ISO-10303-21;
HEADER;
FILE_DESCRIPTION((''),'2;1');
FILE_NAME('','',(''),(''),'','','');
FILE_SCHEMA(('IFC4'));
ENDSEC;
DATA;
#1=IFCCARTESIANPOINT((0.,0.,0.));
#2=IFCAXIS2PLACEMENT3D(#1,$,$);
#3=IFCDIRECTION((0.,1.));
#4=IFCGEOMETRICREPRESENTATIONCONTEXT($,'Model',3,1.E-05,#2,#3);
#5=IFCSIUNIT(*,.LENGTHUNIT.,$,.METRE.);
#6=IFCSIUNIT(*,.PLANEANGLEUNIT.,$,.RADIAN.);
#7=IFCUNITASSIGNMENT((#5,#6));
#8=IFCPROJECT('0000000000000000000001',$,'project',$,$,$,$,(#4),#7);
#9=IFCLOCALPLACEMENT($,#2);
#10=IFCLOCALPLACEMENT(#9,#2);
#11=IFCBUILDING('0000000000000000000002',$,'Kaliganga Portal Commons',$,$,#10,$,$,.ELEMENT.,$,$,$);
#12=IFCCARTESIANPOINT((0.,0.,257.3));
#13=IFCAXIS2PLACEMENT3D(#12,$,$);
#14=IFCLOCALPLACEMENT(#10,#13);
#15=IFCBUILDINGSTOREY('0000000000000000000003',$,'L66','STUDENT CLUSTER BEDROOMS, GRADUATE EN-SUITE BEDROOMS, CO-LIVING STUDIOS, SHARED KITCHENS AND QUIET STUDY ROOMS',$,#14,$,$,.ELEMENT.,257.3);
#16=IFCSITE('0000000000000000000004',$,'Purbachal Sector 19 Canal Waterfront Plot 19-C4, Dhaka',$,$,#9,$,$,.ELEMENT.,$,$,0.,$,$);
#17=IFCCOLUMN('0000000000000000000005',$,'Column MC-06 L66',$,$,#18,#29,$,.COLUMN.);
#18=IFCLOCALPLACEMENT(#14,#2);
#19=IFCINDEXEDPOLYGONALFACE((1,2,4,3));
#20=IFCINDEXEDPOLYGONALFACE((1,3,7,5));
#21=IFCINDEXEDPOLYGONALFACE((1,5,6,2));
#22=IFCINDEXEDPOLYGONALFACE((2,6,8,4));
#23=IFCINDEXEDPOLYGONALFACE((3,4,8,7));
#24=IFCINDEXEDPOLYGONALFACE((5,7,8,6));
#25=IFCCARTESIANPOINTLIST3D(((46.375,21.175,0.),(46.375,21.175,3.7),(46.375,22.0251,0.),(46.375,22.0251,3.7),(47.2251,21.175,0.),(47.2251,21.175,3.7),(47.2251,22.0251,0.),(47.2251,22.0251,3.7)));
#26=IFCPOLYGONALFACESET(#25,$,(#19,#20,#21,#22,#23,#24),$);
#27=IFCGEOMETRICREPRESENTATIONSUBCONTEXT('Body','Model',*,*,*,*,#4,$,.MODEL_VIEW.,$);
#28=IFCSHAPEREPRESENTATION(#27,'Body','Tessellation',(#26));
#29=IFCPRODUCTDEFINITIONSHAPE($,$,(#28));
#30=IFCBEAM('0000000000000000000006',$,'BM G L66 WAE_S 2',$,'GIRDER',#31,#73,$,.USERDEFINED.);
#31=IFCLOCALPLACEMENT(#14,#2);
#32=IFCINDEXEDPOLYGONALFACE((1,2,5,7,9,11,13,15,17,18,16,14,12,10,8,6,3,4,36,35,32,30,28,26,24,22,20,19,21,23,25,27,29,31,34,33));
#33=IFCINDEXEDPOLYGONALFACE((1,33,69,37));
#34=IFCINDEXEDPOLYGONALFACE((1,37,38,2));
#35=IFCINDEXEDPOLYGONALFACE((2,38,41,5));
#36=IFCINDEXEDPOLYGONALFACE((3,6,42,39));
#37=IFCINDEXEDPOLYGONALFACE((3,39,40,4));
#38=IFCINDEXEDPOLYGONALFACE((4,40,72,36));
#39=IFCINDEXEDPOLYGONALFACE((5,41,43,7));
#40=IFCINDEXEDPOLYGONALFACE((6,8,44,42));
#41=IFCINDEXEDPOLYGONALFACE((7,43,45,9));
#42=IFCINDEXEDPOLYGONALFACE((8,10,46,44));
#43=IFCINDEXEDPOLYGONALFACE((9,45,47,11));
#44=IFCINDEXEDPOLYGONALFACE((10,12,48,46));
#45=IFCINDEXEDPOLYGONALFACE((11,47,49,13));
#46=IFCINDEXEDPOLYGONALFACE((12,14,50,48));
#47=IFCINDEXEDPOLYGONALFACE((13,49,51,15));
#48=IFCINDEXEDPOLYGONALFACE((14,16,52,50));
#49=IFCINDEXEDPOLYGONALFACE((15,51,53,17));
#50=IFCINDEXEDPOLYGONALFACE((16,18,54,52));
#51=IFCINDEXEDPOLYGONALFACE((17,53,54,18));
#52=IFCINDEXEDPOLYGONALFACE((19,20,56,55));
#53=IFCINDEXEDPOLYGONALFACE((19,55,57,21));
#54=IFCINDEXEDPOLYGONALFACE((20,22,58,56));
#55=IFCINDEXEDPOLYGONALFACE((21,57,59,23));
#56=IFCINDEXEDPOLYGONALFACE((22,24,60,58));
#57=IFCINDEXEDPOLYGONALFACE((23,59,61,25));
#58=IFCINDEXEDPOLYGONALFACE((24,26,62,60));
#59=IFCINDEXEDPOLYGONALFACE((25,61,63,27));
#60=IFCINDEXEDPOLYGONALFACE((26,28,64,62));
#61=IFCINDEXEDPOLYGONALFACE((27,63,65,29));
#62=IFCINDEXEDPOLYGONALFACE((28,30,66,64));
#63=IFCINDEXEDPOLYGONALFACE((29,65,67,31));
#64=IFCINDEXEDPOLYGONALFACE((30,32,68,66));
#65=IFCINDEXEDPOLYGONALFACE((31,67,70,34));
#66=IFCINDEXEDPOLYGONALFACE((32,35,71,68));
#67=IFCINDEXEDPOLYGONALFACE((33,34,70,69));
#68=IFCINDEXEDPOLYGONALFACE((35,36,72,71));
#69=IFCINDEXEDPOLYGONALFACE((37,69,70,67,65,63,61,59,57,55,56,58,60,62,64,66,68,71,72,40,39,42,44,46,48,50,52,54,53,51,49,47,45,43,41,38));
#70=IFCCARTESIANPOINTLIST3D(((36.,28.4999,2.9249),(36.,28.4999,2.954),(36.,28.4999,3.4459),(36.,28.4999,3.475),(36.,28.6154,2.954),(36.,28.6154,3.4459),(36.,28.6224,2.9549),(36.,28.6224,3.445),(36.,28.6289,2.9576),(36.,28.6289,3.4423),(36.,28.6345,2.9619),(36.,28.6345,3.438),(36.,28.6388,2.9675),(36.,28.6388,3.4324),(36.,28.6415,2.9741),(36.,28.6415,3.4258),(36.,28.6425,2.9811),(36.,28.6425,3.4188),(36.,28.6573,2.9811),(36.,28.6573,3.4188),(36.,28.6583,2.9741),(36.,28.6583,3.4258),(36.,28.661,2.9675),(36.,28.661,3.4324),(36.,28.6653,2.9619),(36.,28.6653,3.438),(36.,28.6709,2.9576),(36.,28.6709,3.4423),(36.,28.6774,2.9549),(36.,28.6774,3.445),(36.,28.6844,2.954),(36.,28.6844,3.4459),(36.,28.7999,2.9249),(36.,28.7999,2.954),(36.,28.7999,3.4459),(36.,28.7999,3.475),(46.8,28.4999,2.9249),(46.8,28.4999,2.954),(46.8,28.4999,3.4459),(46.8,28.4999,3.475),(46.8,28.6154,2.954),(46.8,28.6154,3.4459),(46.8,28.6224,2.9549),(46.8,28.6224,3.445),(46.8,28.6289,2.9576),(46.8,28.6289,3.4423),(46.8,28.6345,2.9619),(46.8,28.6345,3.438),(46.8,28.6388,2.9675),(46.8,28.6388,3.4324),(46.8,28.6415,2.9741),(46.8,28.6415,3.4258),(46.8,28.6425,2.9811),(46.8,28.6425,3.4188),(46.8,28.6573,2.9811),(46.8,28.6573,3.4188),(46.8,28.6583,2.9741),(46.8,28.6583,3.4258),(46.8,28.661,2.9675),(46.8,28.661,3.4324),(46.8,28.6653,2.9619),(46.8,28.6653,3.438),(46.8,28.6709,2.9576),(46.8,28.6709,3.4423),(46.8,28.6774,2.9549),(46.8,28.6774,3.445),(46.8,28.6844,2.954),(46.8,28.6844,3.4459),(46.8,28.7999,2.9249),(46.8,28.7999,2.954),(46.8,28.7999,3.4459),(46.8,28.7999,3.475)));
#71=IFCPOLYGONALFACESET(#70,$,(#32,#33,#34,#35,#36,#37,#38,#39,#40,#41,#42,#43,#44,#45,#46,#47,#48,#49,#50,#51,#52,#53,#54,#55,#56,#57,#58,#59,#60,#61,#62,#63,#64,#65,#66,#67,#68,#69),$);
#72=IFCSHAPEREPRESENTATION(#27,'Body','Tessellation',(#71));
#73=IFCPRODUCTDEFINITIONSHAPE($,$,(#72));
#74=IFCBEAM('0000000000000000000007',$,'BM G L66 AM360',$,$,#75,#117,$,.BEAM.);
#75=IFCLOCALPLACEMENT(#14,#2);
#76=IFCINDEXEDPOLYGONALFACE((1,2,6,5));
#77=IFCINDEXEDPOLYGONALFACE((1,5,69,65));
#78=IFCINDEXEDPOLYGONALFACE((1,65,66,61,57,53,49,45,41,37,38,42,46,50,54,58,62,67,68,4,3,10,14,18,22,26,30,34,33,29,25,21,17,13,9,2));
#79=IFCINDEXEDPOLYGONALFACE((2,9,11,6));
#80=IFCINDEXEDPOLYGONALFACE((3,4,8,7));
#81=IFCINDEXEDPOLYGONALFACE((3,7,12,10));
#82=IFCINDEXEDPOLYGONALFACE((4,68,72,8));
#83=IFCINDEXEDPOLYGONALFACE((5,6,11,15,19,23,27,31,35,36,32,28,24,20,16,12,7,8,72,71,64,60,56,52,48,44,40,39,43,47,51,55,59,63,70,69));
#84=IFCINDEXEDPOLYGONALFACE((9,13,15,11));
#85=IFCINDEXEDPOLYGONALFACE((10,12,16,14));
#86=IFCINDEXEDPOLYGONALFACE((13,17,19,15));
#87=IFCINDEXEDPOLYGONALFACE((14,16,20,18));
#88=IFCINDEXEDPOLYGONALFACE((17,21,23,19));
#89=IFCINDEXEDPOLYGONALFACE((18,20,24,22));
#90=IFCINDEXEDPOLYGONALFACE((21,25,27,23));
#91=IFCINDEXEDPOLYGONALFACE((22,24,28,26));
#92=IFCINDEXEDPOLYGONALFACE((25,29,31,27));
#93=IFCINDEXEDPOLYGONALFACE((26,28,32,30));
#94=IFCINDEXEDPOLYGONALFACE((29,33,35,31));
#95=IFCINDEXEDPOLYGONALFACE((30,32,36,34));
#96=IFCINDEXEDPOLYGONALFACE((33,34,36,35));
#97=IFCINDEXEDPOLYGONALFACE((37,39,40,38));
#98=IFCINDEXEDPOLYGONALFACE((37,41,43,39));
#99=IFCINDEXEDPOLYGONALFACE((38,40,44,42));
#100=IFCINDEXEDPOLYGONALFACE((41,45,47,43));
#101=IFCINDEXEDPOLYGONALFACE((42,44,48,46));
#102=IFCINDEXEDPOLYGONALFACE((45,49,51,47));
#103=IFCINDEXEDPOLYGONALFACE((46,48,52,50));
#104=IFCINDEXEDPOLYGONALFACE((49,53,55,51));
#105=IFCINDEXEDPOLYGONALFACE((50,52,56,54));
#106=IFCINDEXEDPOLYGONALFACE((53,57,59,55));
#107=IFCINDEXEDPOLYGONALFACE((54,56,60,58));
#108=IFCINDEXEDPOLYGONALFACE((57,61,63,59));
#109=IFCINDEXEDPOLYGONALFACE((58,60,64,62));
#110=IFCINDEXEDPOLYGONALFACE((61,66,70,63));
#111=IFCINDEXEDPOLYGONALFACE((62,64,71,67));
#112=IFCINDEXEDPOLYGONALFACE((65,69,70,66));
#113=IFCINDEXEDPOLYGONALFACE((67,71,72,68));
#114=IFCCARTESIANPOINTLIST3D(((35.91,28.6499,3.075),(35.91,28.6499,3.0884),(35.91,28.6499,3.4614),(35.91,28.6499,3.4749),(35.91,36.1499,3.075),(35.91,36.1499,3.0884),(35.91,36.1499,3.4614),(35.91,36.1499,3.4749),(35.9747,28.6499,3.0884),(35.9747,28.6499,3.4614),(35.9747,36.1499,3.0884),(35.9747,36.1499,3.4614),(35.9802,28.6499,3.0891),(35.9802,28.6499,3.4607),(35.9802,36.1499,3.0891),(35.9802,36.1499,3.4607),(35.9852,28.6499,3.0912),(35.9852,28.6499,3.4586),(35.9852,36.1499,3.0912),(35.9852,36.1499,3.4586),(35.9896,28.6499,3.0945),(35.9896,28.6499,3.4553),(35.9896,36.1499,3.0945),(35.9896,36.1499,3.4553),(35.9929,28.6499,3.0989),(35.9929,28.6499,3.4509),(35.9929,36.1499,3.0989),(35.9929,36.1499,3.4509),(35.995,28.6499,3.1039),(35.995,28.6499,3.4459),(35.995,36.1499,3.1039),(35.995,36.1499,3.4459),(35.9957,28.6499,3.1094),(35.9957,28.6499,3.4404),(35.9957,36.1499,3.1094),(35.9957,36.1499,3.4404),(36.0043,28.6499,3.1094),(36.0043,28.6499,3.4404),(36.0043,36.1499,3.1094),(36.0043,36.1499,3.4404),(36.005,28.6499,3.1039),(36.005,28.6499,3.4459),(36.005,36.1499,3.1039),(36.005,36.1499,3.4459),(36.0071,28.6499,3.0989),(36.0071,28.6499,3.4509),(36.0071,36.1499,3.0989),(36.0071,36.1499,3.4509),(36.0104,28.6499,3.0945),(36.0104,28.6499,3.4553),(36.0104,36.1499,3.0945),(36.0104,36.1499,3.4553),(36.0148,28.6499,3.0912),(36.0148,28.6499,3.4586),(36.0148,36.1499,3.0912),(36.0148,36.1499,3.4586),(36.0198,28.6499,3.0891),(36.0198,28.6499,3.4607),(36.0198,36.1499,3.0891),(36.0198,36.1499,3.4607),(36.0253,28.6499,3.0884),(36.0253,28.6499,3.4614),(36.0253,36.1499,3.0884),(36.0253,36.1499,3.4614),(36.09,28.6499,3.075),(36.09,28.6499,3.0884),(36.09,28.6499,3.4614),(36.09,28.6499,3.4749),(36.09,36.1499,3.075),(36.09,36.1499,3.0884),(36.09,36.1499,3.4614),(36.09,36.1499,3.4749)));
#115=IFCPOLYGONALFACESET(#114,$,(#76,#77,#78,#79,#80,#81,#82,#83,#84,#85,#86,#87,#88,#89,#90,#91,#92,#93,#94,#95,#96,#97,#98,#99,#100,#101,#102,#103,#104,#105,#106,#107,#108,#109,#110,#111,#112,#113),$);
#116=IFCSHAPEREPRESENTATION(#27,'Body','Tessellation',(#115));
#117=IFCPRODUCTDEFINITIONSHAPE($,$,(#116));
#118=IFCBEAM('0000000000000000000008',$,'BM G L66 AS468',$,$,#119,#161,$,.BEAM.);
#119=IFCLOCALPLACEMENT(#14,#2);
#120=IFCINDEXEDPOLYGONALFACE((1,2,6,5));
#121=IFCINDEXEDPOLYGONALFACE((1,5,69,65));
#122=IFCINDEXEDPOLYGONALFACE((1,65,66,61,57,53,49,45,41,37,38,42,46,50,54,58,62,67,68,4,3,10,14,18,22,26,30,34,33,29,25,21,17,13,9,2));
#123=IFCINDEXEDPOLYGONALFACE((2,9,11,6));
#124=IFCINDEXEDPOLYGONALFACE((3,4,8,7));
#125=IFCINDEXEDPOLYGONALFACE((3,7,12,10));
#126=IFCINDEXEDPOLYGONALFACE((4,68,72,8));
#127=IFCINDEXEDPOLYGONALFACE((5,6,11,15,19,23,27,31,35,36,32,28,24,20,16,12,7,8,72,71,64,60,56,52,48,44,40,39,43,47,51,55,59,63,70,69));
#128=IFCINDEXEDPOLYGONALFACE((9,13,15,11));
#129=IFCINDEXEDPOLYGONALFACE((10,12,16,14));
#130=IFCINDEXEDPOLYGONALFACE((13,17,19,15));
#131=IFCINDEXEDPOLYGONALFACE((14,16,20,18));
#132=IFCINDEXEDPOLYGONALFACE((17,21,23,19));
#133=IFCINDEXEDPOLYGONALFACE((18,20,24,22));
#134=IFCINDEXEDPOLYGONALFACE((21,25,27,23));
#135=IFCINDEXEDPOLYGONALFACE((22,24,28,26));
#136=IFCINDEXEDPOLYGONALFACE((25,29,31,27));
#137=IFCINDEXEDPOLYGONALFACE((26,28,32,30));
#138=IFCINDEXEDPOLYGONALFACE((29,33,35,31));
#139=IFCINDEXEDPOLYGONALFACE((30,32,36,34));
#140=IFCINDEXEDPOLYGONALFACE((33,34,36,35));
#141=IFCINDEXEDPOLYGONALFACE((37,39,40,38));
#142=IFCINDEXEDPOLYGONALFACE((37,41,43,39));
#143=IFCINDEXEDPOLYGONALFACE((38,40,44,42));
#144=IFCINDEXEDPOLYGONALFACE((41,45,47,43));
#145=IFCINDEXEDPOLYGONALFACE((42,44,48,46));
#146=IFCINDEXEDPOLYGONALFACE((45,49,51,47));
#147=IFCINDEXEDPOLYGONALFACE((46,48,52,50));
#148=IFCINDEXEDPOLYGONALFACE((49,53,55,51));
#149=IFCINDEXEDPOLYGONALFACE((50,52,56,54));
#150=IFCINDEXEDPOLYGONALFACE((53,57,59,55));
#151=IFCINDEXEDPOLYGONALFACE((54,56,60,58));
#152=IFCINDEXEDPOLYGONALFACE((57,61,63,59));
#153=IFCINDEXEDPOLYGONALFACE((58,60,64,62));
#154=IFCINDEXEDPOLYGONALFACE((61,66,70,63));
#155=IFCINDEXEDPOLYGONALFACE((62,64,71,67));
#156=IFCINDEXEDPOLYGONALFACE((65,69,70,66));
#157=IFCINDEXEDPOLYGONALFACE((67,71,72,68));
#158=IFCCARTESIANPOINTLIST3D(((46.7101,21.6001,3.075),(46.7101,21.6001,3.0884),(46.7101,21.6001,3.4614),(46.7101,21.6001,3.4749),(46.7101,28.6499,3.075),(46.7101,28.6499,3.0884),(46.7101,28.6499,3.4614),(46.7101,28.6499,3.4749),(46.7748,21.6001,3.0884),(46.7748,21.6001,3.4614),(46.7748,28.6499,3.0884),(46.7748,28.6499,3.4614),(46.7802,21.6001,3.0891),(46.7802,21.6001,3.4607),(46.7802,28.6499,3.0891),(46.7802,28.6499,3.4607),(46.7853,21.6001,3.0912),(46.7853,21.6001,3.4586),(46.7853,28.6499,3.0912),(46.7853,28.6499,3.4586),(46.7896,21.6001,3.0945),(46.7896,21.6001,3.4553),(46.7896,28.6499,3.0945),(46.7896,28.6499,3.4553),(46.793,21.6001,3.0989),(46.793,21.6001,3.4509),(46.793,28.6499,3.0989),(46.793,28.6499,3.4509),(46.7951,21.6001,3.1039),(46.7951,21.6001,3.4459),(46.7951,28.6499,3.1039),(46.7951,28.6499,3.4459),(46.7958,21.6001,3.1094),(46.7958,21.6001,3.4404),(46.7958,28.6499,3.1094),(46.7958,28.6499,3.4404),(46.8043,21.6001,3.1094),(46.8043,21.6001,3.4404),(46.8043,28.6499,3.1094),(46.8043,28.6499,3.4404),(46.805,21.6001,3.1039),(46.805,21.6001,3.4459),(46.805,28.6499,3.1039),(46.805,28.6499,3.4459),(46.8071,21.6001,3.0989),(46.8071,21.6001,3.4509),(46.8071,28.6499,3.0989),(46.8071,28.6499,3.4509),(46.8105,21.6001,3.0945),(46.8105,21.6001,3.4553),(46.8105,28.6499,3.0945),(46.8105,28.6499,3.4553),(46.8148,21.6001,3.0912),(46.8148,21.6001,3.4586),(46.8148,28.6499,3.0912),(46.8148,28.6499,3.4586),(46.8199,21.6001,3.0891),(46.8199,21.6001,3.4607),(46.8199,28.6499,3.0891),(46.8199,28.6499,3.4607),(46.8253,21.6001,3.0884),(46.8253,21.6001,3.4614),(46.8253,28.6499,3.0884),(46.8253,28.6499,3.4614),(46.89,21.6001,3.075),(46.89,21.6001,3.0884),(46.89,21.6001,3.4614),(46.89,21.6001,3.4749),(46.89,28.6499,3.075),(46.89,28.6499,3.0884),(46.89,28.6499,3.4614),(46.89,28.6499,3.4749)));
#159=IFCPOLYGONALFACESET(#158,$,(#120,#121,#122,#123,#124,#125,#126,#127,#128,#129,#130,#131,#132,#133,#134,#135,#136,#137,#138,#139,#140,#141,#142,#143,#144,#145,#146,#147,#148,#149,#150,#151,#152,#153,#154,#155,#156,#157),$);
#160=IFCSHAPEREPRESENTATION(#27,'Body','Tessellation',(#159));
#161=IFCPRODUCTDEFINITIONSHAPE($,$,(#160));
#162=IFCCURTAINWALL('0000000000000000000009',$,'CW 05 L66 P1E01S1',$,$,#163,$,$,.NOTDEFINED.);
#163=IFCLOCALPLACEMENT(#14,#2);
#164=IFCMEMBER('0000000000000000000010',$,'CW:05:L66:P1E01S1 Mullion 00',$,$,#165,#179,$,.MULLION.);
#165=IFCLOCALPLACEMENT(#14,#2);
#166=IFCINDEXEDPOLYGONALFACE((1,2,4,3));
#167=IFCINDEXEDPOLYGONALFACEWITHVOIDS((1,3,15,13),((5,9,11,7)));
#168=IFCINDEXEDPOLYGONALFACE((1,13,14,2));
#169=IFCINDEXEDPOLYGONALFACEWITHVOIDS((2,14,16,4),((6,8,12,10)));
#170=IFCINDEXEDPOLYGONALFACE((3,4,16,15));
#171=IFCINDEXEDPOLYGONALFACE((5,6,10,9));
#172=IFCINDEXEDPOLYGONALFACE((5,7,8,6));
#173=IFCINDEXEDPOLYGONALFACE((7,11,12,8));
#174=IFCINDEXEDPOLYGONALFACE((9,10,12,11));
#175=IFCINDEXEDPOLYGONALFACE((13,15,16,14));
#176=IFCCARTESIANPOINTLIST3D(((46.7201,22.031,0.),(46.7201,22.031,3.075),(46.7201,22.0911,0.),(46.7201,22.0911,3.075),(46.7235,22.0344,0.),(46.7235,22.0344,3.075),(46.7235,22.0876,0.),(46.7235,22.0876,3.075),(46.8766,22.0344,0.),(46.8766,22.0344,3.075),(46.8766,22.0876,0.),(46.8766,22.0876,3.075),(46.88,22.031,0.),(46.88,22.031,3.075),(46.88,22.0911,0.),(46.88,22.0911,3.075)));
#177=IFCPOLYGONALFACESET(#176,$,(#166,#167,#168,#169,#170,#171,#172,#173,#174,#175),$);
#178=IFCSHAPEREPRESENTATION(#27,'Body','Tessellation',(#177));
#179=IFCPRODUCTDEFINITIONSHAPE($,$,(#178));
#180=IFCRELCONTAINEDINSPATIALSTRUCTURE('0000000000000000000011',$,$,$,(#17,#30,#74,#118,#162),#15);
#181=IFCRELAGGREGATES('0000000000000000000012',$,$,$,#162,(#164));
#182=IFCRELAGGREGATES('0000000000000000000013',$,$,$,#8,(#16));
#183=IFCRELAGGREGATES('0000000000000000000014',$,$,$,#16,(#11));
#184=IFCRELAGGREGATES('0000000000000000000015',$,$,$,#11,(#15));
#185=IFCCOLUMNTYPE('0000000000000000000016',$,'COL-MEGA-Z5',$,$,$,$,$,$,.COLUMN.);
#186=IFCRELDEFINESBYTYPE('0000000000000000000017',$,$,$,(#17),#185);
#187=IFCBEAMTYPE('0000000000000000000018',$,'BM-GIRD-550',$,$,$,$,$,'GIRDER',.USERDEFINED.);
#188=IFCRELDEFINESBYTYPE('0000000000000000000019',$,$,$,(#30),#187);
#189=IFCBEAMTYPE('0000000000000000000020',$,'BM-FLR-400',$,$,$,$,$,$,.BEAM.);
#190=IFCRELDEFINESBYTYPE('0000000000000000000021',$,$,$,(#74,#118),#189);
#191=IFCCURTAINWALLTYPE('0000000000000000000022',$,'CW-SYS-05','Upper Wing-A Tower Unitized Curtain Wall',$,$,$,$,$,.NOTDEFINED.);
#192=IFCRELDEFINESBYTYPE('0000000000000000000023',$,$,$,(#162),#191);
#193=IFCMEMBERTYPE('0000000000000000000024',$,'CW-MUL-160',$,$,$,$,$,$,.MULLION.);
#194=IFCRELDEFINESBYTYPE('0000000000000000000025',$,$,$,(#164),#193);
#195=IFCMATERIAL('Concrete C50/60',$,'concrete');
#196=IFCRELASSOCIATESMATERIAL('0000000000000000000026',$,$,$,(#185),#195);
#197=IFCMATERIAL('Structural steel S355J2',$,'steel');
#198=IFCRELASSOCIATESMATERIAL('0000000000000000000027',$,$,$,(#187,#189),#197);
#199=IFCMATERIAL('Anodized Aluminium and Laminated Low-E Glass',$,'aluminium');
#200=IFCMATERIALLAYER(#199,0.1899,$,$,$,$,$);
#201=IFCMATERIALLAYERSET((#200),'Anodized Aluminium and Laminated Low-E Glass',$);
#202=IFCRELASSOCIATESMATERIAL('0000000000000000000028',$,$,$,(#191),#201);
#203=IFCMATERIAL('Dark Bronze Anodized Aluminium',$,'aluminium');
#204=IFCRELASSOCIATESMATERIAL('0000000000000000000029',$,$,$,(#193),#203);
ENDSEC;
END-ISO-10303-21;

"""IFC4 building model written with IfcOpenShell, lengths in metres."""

from ifc_helpers import new_model, si_unit, direction, frame, origin, origin_2d, place, context, subcontext, project, spatial, rectangle, hollow_rectangle, i_section, extrude, source, transform, mapped, material, layer, layer_set, material_profile, profile_set, type_object, element, aggregate, save


model = new_model("IFC4")

# Units and contexts
model_context = context("Model", 3, precision=1e-05, world=origin(), true_north=direction((0.0, 1.0)))
body_context = subcontext(model_context, "Body", "Model", "MODEL_VIEW")
ifc_project = project(units=[si_unit("LENGTHUNIT", "METRE"), si_unit("PLANEANGLEUNIT", "RADIAN")], contexts=[model_context])

# Site, building, storey
site_placement = place(None, origin())
site = spatial("IfcSite", under=ifc_project, at=site_placement, Name="Purbachal Sector 19 Canal Waterfront Plot 19-C4, Dhaka", CompositionType="ELEMENT", RefElevation=0.0)
building_placement = place(site_placement, origin())
building = spatial("IfcBuilding", under=site, at=building_placement, Name="Kaliganga Portal Commons", CompositionType="ELEMENT")
storey_placement = place(building_placement, frame((0.0, 0.0, 257.3)))
storey = spatial("IfcBuildingStorey", under=building, at=storey_placement, Name="L66", Description="STUDENT CLUSTER BEDROOMS, GRADUATE EN-SUITE BEDROOMS, CO-LIVING STUDIOS, SHARED KITCHENS AND QUIET STUDY ROOMS", CompositionType="ELEMENT", Elevation=257.3)

# Column
ifc_material_1 = material(Name="Concrete C50/60", Category="concrete")
ifc_material_profile_1 = material_profile(ifc_material_1, rectangle(XDim=0.8501, YDim=0.8501, at=origin_2d()), Name="RC 850x850")
ifc_profile_set_1 = profile_set([ifc_material_profile_1], Name="Concrete C50/60")
column_type = type_object("IfcColumnType", Name="COL-MEGA-Z5", PredefinedType="COLUMN", material=ifc_profile_set_1)
shared_shape_1 = source(origin(), body_context, "Body", "SweptSolid", [
    extrude(rectangle(XDim=0.8501, YDim=0.8501, at=origin_2d()), origin(), (0.0, 0.0, 1.0), 3.7),
])
column_placement = place(storey_placement, frame((46.8, 21.6001, 0.0), z_axis=(0.0, 0.0, 1.0), x_axis=(1.0, 0.0, 0.0)))
element("IfcColumn", 1, at=column_placement, inside=storey, type_object=column_type, Name="Column MC-06 L66", PredefinedType="COLUMN", context=body_context, shape_type="MappedRepresentation", body=[
    mapped(shared_shape_1, transform((0.0, 0.0, 0.0), x_axis=(1.0, 0.0, 0.0), y_axis=(0.0, 1.0, 0.0), z_axis=(0.0, 0.0, 1.0), scale=1.0)),
])

# Beams
ifc_material_2 = material(Name="Structural steel S355J2", Category="steel")
ifc_material_profile_2 = material_profile(ifc_material_2, i_section(OverallWidth=0.3, OverallDepth=0.55, WebThickness=0.0149, FlangeThickness=0.0291, FilletRadius=0.0271, at=origin_2d()), Name="HE 550 B")
ifc_profile_set_2 = profile_set([ifc_material_profile_2], Name="Structural steel S355J2 wide-flange")
beam_type_1 = type_object("IfcBeamType", Name="BM-GIRD-550", ElementType="GIRDER", PredefinedType="USERDEFINED", material=ifc_profile_set_2)
shared_shape_2 = source(origin(), body_context, "Body", "SweptSolid", [
    extrude(i_section(OverallWidth=0.3, OverallDepth=0.55, WebThickness=0.0149, FlangeThickness=0.0291, FilletRadius=0.0271, at=origin_2d()), origin(), (0.0, 0.0, 1.0), 10.8),
])
beam_1_placement = place(storey_placement, frame((36.0, 28.6499, 3.2), z_axis=(1.0, 0.0, 0.0), x_axis=(0.0, 1.0, 0.0)))
element("IfcBeam", 2, at=beam_1_placement, inside=storey, type_object=beam_type_1, Name="BM G L66 WAE_S 2", ObjectType="GIRDER", PredefinedType="USERDEFINED", context=body_context, shape_type="MappedRepresentation", body=[
    mapped(shared_shape_2, transform((0.0, 0.0, 0.0), x_axis=(1.0, 0.0, 0.0), y_axis=(0.0, 1.0, 0.0), z_axis=(0.0, 0.0, 1.0), scale=1.0)),
])
ifc_material_profile_3 = material_profile(ifc_material_2, i_section(OverallWidth=0.1799, OverallDepth=0.3999, WebThickness=0.0085, FlangeThickness=0.0134, FilletRadius=0.021, at=origin_2d()), Name="IPE 400")
ifc_profile_set_3 = profile_set([ifc_material_profile_3], Name="Structural steel S355J2 wide-flange")
beam_type_2 = type_object("IfcBeamType", Name="BM-FLR-400", PredefinedType="BEAM", material=ifc_profile_set_3)
shared_shape_3 = source(origin(), body_context, "Body", "SweptSolid", [
    extrude(i_section(OverallWidth=0.1799, OverallDepth=0.3999, WebThickness=0.0085, FlangeThickness=0.0134, FilletRadius=0.021, at=origin_2d()), origin(), (0.0, 0.0, 1.0), 7.5),
])
beam_2_placement = place(storey_placement, frame((36.0, 28.6499, 3.2749), z_axis=(0.0, 1.0, 0.0), x_axis=(-1.0, 0.0, 0.0)))
element("IfcBeam", 3, at=beam_2_placement, inside=storey, type_object=beam_type_2, Name="BM G L66 AM360", PredefinedType="BEAM", context=body_context, shape_type="MappedRepresentation", body=[
    mapped(shared_shape_3, transform((0.0, 0.0, 0.0), x_axis=(1.0, 0.0, 0.0), y_axis=(0.0, 1.0, 0.0), z_axis=(0.0, 0.0, 1.0), scale=1.0)),
])
shared_shape_4 = source(origin(), body_context, "Body", "SweptSolid", [
    extrude(i_section(OverallWidth=0.1799, OverallDepth=0.3999, WebThickness=0.0085, FlangeThickness=0.0134, FilletRadius=0.021, at=origin_2d()), origin(), (0.0, 0.0, 1.0), 7.0498),
])
beam_3_placement = place(storey_placement, frame((46.8, 21.6001, 3.2749), z_axis=(0.0, 1.0, 0.0), x_axis=(-1.0, 0.0, 0.0)))
element("IfcBeam", 4, at=beam_3_placement, inside=storey, type_object=beam_type_2, Name="BM G L66 AS468", PredefinedType="BEAM", context=body_context, shape_type="MappedRepresentation", body=[
    mapped(shared_shape_4, transform((0.0, 0.0, 0.0), x_axis=(1.0, 0.0, 0.0), y_axis=(0.0, 1.0, 0.0), z_axis=(0.0, 0.0, 1.0), scale=1.0)),
])

# Curtain wall, member
ifc_material_3 = material(Name="Anodized Aluminium and Laminated Low-E Glass", Category="aluminium")
ifc_layer_1 = layer(ifc_material_3, 0.1899)
ifc_layer_set_1 = layer_set([ifc_layer_1], Name="Anodized Aluminium and Laminated Low-E Glass")
curtain_wall_type = type_object("IfcCurtainWallType", Name="CW-SYS-05", Description="Upper Wing-A Tower Unitized Curtain Wall", PredefinedType="NOTDEFINED", material=ifc_layer_set_1)
curtain_wall_placement = place(storey_placement, origin())
curtain_wall = element("IfcCurtainWall", 5, at=curtain_wall_placement, inside=storey, type_object=curtain_wall_type, Name="CW 05 L66 P1E01S1", PredefinedType="NOTDEFINED")
ifc_material_4 = material(Name="Dark Bronze Anodized Aluminium", Category="aluminium")
ifc_material_profile_4 = material_profile(ifc_material_4, hollow_rectangle(XDim=0.0601, YDim=0.1599, WallThickness=0.0034, at=origin_2d()), Name="ALU MULL 60x160x3.5")
ifc_profile_set_4 = profile_set([ifc_material_profile_4], Name="Dark Bronze Anodized Aluminium")
member_type_1 = type_object("IfcMemberType", Name="CW-MUL-160", PredefinedType="MULLION", material=ifc_profile_set_4)
shared_shape_5 = source(origin(), body_context, "Body", "SweptSolid", [
    extrude(hollow_rectangle(XDim=0.0601, YDim=0.1599, WallThickness=0.0034, at=origin_2d()), origin(), (0.0, 0.0, 1.0), 3.075),
])
member_1_placement = place(storey_placement, frame((46.8, 22.061, 0.0), z_axis=(0.0, 0.0, 1.0), x_axis=(0.0, 1.0, 0.0)))
member_1 = element("IfcMember", 6, at=member_1_placement, type_object=member_type_1, Name="CW:05:L66:P1E01S1 Mullion 00", PredefinedType="MULLION", context=body_context, shape_type="MappedRepresentation", body=[
    mapped(shared_shape_5, transform((0.0, 0.0, 0.0), x_axis=(1.0, 0.0, 0.0), y_axis=(0.0, 1.0, 0.0), z_axis=(0.0, 0.0, 1.0), scale=1.0)),
])
aggregate(curtain_wall, [member_1])

save(model, "model.ifc")
